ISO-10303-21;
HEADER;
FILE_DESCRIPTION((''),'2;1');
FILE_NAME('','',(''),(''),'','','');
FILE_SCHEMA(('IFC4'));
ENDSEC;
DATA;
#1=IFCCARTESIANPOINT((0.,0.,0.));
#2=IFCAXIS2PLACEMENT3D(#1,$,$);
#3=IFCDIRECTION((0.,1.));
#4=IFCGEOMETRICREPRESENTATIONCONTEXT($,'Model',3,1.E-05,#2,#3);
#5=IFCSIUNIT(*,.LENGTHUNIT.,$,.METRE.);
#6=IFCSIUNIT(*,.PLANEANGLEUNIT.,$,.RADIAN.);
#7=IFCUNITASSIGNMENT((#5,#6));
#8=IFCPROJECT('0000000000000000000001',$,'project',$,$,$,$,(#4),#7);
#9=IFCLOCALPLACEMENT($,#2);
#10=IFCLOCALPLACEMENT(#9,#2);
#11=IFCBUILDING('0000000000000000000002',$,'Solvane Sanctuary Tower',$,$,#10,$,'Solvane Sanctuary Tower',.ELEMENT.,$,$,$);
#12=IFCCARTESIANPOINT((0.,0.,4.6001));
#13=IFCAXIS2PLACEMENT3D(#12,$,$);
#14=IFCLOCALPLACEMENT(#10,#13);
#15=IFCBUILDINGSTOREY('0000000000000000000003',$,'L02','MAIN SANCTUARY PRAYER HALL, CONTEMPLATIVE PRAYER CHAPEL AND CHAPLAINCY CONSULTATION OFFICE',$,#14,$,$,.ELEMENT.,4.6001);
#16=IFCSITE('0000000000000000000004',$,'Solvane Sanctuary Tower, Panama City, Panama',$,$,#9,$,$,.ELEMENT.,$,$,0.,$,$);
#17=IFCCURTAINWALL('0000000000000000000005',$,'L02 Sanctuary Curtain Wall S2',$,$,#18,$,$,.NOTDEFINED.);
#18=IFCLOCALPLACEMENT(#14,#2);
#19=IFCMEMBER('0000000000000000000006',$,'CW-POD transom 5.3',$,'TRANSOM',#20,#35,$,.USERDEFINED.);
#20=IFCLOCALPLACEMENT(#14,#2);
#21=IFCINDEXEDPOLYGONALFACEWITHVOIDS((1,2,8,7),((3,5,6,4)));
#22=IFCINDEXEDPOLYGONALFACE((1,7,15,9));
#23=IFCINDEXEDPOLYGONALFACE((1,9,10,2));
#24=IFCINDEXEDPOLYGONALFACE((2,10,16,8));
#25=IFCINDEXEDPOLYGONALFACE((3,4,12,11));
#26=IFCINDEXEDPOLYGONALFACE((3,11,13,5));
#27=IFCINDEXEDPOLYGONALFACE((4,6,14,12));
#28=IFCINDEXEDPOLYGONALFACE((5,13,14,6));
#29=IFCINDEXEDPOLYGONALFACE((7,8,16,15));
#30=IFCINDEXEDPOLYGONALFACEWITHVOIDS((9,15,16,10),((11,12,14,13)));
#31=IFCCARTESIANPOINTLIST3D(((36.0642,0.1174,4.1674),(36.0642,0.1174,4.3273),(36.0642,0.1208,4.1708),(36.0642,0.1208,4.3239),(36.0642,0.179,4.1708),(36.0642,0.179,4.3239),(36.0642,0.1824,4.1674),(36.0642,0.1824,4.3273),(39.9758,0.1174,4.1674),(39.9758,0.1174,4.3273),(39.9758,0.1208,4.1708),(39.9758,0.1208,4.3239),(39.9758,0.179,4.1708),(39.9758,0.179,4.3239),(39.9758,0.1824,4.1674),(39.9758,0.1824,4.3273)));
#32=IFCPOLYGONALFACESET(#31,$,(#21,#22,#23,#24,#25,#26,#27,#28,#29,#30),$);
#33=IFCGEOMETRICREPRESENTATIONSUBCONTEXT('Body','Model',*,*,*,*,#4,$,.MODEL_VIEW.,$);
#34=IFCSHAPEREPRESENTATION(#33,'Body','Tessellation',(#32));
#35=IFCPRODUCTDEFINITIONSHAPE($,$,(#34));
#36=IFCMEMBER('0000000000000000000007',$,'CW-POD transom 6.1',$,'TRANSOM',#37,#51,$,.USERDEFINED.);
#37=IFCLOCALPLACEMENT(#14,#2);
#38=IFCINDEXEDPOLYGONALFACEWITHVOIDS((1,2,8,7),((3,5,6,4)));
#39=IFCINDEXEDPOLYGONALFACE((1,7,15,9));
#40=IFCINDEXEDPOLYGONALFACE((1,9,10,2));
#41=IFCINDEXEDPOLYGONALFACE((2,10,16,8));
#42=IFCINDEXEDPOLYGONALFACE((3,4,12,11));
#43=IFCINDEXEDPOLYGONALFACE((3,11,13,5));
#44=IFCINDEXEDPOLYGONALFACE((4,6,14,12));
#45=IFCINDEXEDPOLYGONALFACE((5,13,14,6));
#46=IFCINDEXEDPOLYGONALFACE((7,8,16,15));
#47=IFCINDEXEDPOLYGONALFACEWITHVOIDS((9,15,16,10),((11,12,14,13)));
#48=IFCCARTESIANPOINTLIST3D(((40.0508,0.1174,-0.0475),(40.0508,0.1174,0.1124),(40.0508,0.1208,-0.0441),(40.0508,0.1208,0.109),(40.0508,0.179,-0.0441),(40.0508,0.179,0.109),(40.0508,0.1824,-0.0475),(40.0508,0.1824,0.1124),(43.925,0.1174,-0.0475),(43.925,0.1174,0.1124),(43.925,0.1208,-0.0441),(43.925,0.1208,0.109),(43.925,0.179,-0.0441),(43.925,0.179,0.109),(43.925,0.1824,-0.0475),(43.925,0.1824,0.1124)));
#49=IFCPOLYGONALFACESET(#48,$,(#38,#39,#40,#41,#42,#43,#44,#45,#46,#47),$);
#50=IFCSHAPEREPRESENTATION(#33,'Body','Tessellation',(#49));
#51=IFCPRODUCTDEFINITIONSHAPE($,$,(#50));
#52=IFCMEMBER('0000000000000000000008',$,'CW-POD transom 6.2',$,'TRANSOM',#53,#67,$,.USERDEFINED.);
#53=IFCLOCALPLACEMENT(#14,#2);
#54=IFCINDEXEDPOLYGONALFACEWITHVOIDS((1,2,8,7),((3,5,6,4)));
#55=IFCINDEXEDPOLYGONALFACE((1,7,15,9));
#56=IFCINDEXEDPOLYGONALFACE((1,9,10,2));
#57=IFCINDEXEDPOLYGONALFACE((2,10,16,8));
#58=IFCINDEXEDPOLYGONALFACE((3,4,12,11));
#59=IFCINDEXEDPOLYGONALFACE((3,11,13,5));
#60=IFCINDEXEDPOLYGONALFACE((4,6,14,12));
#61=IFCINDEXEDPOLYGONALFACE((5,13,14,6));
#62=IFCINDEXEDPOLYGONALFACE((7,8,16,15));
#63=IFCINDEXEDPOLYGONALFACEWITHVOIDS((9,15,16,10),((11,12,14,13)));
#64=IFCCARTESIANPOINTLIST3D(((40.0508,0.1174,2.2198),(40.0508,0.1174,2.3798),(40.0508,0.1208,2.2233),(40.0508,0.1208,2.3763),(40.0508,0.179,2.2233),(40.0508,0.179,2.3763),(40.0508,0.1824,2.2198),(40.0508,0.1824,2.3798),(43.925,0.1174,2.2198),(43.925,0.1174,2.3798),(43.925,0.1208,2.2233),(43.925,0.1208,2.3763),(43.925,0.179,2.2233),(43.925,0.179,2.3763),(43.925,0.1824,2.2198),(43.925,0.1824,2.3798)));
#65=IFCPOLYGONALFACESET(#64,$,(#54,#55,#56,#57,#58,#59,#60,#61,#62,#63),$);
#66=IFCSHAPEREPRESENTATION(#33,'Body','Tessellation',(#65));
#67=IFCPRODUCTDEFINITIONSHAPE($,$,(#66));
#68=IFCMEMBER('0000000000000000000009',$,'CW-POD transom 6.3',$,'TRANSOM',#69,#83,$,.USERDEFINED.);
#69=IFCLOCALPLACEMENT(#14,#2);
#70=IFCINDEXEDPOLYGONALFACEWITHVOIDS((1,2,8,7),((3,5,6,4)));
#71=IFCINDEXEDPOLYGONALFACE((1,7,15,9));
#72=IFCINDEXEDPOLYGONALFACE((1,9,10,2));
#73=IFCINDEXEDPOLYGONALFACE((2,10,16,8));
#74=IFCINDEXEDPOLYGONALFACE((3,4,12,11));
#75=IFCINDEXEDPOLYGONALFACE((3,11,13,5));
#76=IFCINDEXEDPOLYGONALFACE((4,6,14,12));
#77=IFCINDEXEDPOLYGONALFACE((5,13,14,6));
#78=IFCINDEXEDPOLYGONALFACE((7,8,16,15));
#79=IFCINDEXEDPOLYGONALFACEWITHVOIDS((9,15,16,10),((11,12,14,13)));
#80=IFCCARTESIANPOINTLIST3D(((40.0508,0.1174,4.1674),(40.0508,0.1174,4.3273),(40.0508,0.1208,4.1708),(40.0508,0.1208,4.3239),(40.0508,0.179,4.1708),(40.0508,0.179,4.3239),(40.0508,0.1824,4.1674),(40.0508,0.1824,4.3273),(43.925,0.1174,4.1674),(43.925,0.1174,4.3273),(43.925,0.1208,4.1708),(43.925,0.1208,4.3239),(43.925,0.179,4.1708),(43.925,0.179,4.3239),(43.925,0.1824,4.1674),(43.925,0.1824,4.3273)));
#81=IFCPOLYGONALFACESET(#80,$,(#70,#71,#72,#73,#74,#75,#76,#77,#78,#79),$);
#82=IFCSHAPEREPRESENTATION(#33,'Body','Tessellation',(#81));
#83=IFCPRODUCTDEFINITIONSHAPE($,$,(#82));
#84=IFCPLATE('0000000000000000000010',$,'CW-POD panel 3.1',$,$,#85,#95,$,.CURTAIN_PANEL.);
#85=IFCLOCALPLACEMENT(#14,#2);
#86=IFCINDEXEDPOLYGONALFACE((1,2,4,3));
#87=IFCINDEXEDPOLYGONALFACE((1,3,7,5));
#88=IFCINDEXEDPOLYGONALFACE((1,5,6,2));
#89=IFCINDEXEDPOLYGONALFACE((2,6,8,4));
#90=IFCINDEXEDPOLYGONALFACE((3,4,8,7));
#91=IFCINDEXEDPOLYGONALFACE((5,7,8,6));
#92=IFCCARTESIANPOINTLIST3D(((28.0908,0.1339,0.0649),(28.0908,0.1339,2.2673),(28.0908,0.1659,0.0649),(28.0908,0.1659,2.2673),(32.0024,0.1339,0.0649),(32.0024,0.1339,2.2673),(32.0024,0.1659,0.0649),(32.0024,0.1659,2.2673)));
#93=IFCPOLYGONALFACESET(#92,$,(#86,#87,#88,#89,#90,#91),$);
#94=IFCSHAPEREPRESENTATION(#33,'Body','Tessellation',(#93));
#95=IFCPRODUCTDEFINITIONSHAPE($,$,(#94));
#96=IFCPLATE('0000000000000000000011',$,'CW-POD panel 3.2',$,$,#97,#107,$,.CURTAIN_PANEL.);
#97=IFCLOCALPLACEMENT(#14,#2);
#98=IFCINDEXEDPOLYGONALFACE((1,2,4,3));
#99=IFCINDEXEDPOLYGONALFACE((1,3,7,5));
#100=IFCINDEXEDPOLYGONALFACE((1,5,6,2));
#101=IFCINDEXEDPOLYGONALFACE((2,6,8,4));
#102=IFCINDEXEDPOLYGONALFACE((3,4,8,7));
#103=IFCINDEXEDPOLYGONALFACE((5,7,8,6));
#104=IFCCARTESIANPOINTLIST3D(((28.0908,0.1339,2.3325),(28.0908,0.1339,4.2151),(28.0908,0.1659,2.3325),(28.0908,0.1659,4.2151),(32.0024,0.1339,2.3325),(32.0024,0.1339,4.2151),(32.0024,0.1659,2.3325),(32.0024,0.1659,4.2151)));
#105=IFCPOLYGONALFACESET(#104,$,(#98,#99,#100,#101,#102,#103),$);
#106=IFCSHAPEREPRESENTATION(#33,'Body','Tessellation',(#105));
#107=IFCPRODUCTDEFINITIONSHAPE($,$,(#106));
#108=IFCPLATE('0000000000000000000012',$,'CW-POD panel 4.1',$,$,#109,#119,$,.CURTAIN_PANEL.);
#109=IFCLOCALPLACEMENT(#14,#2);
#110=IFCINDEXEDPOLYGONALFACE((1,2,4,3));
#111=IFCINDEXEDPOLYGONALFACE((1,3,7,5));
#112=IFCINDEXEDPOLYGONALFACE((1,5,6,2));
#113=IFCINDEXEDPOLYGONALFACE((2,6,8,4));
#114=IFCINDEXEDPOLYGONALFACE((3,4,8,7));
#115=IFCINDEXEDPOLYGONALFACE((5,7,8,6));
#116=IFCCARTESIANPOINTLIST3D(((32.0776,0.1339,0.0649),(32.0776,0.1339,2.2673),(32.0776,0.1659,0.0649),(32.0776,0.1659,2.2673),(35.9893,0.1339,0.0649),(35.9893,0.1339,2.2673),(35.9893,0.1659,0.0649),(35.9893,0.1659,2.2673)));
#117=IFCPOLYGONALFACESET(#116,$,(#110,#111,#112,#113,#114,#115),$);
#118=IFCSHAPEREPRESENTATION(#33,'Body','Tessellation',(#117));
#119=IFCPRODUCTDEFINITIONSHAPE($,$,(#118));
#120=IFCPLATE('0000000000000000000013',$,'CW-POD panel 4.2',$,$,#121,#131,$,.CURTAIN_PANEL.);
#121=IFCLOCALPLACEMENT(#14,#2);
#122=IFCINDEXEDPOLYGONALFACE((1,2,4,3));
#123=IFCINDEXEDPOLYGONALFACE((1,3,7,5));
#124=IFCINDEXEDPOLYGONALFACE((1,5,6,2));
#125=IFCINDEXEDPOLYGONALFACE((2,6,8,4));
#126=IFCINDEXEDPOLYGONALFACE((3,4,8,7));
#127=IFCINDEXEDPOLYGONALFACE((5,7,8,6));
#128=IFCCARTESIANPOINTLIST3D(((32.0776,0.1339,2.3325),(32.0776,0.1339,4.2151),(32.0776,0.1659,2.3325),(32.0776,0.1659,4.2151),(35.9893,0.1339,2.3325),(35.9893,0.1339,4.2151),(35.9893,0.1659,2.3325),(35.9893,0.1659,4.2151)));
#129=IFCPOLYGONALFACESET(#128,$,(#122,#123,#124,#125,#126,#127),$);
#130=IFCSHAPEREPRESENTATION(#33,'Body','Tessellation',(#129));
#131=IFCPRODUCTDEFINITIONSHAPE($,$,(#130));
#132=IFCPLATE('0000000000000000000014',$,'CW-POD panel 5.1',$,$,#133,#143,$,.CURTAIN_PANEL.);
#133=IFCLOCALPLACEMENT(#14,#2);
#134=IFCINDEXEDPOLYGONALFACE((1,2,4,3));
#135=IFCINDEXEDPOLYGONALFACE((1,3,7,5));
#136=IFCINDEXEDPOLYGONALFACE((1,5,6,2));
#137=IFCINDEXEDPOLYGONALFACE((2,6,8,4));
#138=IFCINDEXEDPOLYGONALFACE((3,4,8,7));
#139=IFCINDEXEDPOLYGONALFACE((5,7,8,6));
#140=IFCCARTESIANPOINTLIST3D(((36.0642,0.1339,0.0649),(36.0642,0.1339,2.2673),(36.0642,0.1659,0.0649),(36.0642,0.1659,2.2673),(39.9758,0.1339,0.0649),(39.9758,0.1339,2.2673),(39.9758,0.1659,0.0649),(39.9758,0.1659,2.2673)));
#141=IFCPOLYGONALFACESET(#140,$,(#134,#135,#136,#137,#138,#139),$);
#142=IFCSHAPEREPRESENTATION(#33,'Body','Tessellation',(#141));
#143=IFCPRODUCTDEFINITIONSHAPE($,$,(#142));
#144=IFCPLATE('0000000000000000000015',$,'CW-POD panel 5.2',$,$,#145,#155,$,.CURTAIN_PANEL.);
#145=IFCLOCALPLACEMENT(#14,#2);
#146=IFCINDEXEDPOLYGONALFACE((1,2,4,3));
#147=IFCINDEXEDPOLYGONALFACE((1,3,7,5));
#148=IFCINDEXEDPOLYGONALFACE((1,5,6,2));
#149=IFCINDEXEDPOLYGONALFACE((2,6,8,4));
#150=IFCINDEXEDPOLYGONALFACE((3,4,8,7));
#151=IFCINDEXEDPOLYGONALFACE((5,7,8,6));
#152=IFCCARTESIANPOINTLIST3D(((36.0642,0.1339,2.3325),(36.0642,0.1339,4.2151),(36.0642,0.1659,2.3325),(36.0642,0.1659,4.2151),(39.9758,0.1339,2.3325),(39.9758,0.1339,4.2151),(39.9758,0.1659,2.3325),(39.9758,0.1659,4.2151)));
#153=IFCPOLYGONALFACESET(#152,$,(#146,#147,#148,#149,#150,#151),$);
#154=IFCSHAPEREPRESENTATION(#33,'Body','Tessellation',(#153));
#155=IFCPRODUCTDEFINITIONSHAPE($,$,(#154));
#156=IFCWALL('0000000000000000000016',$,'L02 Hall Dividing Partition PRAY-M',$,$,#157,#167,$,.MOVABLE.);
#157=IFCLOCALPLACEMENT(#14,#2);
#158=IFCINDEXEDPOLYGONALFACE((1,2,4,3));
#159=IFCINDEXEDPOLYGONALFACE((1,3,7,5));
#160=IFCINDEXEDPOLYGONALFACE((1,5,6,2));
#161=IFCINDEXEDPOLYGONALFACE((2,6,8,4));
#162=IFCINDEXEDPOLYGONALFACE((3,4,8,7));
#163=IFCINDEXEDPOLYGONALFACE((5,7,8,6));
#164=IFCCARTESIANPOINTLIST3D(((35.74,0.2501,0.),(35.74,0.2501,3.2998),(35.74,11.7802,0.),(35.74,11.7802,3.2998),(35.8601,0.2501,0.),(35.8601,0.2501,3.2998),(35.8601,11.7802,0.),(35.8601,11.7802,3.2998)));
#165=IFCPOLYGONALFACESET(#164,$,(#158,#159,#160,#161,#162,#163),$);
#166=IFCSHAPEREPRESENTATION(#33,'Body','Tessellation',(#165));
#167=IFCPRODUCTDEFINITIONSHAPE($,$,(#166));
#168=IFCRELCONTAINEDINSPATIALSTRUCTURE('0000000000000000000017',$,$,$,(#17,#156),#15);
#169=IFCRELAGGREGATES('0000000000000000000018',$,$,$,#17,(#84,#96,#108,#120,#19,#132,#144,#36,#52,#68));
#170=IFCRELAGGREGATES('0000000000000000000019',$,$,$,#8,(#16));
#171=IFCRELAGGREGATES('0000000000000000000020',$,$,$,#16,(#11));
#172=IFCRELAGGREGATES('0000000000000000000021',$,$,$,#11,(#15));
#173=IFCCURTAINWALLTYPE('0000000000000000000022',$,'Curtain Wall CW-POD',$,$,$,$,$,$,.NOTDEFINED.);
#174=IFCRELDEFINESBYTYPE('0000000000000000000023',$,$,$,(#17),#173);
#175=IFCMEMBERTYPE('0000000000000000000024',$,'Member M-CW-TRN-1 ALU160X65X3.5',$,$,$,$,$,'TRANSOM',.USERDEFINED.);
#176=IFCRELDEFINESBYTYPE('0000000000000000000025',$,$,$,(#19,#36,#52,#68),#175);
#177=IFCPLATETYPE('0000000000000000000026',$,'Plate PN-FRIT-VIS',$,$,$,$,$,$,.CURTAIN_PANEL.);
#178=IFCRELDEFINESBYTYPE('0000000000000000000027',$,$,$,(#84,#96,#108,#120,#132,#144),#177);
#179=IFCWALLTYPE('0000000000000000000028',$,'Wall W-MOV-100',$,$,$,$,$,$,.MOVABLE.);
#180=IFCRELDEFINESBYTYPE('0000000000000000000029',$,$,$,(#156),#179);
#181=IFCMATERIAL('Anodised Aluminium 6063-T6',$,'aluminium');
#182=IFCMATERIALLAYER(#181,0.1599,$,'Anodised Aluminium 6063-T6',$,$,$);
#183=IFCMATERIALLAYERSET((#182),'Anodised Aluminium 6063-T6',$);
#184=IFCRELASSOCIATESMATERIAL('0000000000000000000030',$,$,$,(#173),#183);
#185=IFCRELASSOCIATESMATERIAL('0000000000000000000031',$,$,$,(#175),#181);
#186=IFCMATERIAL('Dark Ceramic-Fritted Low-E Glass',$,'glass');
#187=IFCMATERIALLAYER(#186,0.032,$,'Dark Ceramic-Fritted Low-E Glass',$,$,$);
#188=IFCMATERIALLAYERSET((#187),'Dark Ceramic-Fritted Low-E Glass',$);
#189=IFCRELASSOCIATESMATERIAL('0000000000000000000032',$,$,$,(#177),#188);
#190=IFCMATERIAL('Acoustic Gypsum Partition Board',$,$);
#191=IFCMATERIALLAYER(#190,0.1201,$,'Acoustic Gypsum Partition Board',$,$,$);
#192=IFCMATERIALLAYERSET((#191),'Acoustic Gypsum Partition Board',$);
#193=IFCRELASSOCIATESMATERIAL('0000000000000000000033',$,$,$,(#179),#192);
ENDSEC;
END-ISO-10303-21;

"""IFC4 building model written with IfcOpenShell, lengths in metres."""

from ifc_helpers import new_model, si_unit, direction, frame, frame_2d, origin, origin_2d, place, context, subcontext, project, spatial, rectangle, hollow_rectangle, extrude, material, layer, layer_set, material_profile, profile_set, type_object, element, aggregate, save


model = new_model("IFC4")

# Units and contexts
model_context = context("Model", 3, precision=1e-05, world=origin(), true_north=direction((0.0, 1.0)))
body_context = subcontext(model_context, "Body", "Model", "MODEL_VIEW")
ifc_project = project(units=[si_unit("LENGTHUNIT", "METRE"), si_unit("PLANEANGLEUNIT", "RADIAN")], contexts=[model_context])

# Site, building, storey
site_placement = place(None, origin())
site = spatial("IfcSite", under=ifc_project, at=site_placement, Name="Solvane Sanctuary Tower, Panama City, Panama", CompositionType="ELEMENT", RefElevation=0.0)
building_placement = place(site_placement, origin())
building = spatial("IfcBuilding", under=site, at=building_placement, Name="Solvane Sanctuary Tower", LongName="Solvane Sanctuary Tower", CompositionType="ELEMENT")
storey_placement = place(building_placement, frame((0.0, 0.0, 4.6001)))
storey = spatial("IfcBuildingStorey", under=building, at=storey_placement, Name="L02", Description="MAIN SANCTUARY PRAYER HALL, CONTEMPLATIVE PRAYER CHAPEL AND CHAPLAINCY CONSULTATION OFFICE", CompositionType="ELEMENT", Elevation=4.6001)

# Curtain wall, members, plates
ifc_material_1 = material(Name="Anodised Aluminium 6063-T6", Category="aluminium")
ifc_layer_1 = layer(ifc_material_1, 0.1599, Name="Anodised Aluminium 6063-T6")
ifc_layer_set_1 = layer_set([ifc_layer_1], Name="Anodised Aluminium 6063-T6")
curtain_wall_type = type_object("IfcCurtainWallType", Name="Curtain Wall CW-POD", PredefinedType="NOTDEFINED", material=ifc_layer_set_1)
curtain_wall_placement = place(storey_placement, origin())
curtain_wall = element("IfcCurtainWall", 1, at=curtain_wall_placement, inside=storey, type_object=curtain_wall_type, Name="L02 Sanctuary Curtain Wall S2", PredefinedType="NOTDEFINED")
ifc_material_profile_1 = material_profile(ifc_material_1, hollow_rectangle(XDim=0.0649, YDim=0.1599, WallThickness=0.0034, at=origin_2d()), Name="ALU160X65X3.5")
ifc_profile_set_1 = profile_set([ifc_material_profile_1], Name="Anodised Aluminium 6063-T6")
member_type_1 = type_object("IfcMemberType", Name="Member M-CW-TRN-1 ALU160X65X3.5", ElementType="TRANSOM", PredefinedType="USERDEFINED", material=ifc_profile_set_1)
member_1_placement = place(storey_placement, frame((36.0642, 0.1499, 4.2473), z_axis=(1.0, 0.0, 0.0), x_axis=(0.0, 1.0, 0.0)))
member_1 = element("IfcMember", 2, at=member_1_placement, type_object=member_type_1, Name="CW-POD transom 5.3", ObjectType="TRANSOM", PredefinedType="USERDEFINED", context=body_context, shape_type="SweptSolid", body=[
    extrude(hollow_rectangle(XDim=0.0649, YDim=0.1599, WallThickness=0.0034, at=origin_2d()), origin(), (0.0, 0.0, 1.0), 3.9116),
])
member_2_placement = place(storey_placement, frame((40.0508, 0.1499, 0.0325), z_axis=(1.0, 0.0, 0.0), x_axis=(0.0, 1.0, 0.0)))
member_2 = element("IfcMember", 3, at=member_2_placement, type_object=member_type_1, Name="CW-POD transom 6.1", ObjectType="TRANSOM", PredefinedType="USERDEFINED", context=body_context, shape_type="SweptSolid", body=[
    extrude(hollow_rectangle(XDim=0.0649, YDim=0.1599, WallThickness=0.0034, at=origin_2d()), origin(), (0.0, 0.0, 1.0), 3.8743),
])
member_3_placement = place(storey_placement, frame((40.0508, 0.1499, 2.2998), z_axis=(1.0, 0.0, 0.0), x_axis=(0.0, 1.0, 0.0)))
member_3 = element("IfcMember", 4, at=member_3_placement, type_object=member_type_1, Name="CW-POD transom 6.2", ObjectType="TRANSOM", PredefinedType="USERDEFINED", context=body_context, shape_type="SweptSolid", body=[
    extrude(hollow_rectangle(XDim=0.0649, YDim=0.1599, WallThickness=0.0034, at=origin_2d()), origin(), (0.0, 0.0, 1.0), 3.8743),
])
member_4_placement = place(storey_placement, frame((40.0508, 0.1499, 4.2473), z_axis=(1.0, 0.0, 0.0), x_axis=(0.0, 1.0, 0.0)))
member_4 = element("IfcMember", 5, at=member_4_placement, type_object=member_type_1, Name="CW-POD transom 6.3", ObjectType="TRANSOM", PredefinedType="USERDEFINED", context=body_context, shape_type="SweptSolid", body=[
    extrude(hollow_rectangle(XDim=0.0649, YDim=0.1599, WallThickness=0.0034, at=origin_2d()), origin(), (0.0, 0.0, 1.0), 3.8743),
])
ifc_material_2 = material(Name="Dark Ceramic-Fritted Low-E Glass", Category="glass")
ifc_layer_2 = layer(ifc_material_2, 0.032, Name="Dark Ceramic-Fritted Low-E Glass")
ifc_layer_set_2 = layer_set([ifc_layer_2], Name="Dark Ceramic-Fritted Low-E Glass")
plate_type = type_object("IfcPlateType", Name="Plate PN-FRIT-VIS", PredefinedType="CURTAIN_PANEL", material=ifc_layer_set_2)
plate_1_placement = place(storey_placement, frame((30.0466, 0.1499, 0.0649), z_axis=(0.0, 0.0, 1.0), x_axis=(1.0, 0.0, 0.0)))
plate_1 = element("IfcPlate", 6, at=plate_1_placement, type_object=plate_type, Name="CW-POD panel 3.1", PredefinedType="CURTAIN_PANEL", context=body_context, shape_type="SweptSolid", body=[
    extrude(rectangle(XDim=3.9116, YDim=0.032, at=origin_2d()), origin(), (0.0, 0.0, 1.0), 2.2024),
])
plate_2_placement = place(storey_placement, frame((30.0466, 0.1499, 2.3325), z_axis=(0.0, 0.0, 1.0), x_axis=(1.0, 0.0, 0.0)))
plate_2 = element("IfcPlate", 7, at=plate_2_placement, type_object=plate_type, Name="CW-POD panel 3.2", PredefinedType="CURTAIN_PANEL", context=body_context, shape_type="SweptSolid", body=[
    extrude(rectangle(XDim=3.9116, YDim=0.032, at=origin_2d()), origin(), (0.0, 0.0, 1.0), 1.8826),
])
plate_3_placement = place(storey_placement, frame((34.0334, 0.1499, 0.0649), z_axis=(0.0, 0.0, 1.0), x_axis=(1.0, 0.0, 0.0)))
plate_3 = element("IfcPlate", 8, at=plate_3_placement, type_object=plate_type, Name="CW-POD panel 4.1", PredefinedType="CURTAIN_PANEL", context=body_context, shape_type="SweptSolid", body=[
    extrude(rectangle(XDim=3.9116, YDim=0.032, at=origin_2d()), origin(), (0.0, 0.0, 1.0), 2.2024),
])
plate_4_placement = place(storey_placement, frame((34.0334, 0.1499, 2.3325), z_axis=(0.0, 0.0, 1.0), x_axis=(1.0, 0.0, 0.0)))
plate_4 = element("IfcPlate", 9, at=plate_4_placement, type_object=plate_type, Name="CW-POD panel 4.2", PredefinedType="CURTAIN_PANEL", context=body_context, shape_type="SweptSolid", body=[
    extrude(rectangle(XDim=3.9116, YDim=0.032, at=origin_2d()), origin(), (0.0, 0.0, 1.0), 1.8826),
])
plate_5_placement = place(storey_placement, frame((38.02, 0.1499, 0.0649), z_axis=(0.0, 0.0, 1.0), x_axis=(1.0, 0.0, 0.0)))
plate_5 = element("IfcPlate", 10, at=plate_5_placement, type_object=plate_type, Name="CW-POD panel 5.1", PredefinedType="CURTAIN_PANEL", context=body_context, shape_type="SweptSolid", body=[
    extrude(rectangle(XDim=3.9116, YDim=0.032, at=origin_2d()), origin(), (0.0, 0.0, 1.0), 2.2024),
])
plate_6_placement = place(storey_placement, frame((38.02, 0.1499, 2.3325), z_axis=(0.0, 0.0, 1.0), x_axis=(1.0, 0.0, 0.0)))
plate_6 = element("IfcPlate", 11, at=plate_6_placement, type_object=plate_type, Name="CW-POD panel 5.2", PredefinedType="CURTAIN_PANEL", context=body_context, shape_type="SweptSolid", body=[
    extrude(rectangle(XDim=3.9116, YDim=0.032, at=origin_2d()), origin(), (0.0, 0.0, 1.0), 1.8826),
])
aggregate(curtain_wall, [plate_1, plate_2, plate_3, plate_4, member_1, plate_5, plate_6, member_2, member_3, member_4])

# Wall
ifc_material_3 = material(Name="Acoustic Gypsum Partition Board")
ifc_layer_3 = layer(ifc_material_3, 0.1201, Name="Acoustic Gypsum Partition Board")
ifc_layer_set_3 = layer_set([ifc_layer_3], Name="Acoustic Gypsum Partition Board")
wall_type = type_object("IfcWallType", Name="Wall W-MOV-100", PredefinedType="MOVABLE", material=ifc_layer_set_3)
wall_placement = place(storey_placement, frame((35.8, 0.25, 0.0), z_axis=(0.0, 0.0, 1.0), x_axis=(0.0, 1.0, 0.0)))
element("IfcWall", 12, at=wall_placement, inside=storey, type_object=wall_type, Name="L02 Hall Dividing Partition PRAY-M", PredefinedType="MOVABLE", context=body_context, shape_type="SweptSolid", body=[
    extrude(rectangle(XDim=11.53, YDim=0.1201, at=frame_2d((5.7651, 0.0))), origin(), (0.0, 0.0, 1.0), 3.2998),
])

save(model, "model.ifc")
